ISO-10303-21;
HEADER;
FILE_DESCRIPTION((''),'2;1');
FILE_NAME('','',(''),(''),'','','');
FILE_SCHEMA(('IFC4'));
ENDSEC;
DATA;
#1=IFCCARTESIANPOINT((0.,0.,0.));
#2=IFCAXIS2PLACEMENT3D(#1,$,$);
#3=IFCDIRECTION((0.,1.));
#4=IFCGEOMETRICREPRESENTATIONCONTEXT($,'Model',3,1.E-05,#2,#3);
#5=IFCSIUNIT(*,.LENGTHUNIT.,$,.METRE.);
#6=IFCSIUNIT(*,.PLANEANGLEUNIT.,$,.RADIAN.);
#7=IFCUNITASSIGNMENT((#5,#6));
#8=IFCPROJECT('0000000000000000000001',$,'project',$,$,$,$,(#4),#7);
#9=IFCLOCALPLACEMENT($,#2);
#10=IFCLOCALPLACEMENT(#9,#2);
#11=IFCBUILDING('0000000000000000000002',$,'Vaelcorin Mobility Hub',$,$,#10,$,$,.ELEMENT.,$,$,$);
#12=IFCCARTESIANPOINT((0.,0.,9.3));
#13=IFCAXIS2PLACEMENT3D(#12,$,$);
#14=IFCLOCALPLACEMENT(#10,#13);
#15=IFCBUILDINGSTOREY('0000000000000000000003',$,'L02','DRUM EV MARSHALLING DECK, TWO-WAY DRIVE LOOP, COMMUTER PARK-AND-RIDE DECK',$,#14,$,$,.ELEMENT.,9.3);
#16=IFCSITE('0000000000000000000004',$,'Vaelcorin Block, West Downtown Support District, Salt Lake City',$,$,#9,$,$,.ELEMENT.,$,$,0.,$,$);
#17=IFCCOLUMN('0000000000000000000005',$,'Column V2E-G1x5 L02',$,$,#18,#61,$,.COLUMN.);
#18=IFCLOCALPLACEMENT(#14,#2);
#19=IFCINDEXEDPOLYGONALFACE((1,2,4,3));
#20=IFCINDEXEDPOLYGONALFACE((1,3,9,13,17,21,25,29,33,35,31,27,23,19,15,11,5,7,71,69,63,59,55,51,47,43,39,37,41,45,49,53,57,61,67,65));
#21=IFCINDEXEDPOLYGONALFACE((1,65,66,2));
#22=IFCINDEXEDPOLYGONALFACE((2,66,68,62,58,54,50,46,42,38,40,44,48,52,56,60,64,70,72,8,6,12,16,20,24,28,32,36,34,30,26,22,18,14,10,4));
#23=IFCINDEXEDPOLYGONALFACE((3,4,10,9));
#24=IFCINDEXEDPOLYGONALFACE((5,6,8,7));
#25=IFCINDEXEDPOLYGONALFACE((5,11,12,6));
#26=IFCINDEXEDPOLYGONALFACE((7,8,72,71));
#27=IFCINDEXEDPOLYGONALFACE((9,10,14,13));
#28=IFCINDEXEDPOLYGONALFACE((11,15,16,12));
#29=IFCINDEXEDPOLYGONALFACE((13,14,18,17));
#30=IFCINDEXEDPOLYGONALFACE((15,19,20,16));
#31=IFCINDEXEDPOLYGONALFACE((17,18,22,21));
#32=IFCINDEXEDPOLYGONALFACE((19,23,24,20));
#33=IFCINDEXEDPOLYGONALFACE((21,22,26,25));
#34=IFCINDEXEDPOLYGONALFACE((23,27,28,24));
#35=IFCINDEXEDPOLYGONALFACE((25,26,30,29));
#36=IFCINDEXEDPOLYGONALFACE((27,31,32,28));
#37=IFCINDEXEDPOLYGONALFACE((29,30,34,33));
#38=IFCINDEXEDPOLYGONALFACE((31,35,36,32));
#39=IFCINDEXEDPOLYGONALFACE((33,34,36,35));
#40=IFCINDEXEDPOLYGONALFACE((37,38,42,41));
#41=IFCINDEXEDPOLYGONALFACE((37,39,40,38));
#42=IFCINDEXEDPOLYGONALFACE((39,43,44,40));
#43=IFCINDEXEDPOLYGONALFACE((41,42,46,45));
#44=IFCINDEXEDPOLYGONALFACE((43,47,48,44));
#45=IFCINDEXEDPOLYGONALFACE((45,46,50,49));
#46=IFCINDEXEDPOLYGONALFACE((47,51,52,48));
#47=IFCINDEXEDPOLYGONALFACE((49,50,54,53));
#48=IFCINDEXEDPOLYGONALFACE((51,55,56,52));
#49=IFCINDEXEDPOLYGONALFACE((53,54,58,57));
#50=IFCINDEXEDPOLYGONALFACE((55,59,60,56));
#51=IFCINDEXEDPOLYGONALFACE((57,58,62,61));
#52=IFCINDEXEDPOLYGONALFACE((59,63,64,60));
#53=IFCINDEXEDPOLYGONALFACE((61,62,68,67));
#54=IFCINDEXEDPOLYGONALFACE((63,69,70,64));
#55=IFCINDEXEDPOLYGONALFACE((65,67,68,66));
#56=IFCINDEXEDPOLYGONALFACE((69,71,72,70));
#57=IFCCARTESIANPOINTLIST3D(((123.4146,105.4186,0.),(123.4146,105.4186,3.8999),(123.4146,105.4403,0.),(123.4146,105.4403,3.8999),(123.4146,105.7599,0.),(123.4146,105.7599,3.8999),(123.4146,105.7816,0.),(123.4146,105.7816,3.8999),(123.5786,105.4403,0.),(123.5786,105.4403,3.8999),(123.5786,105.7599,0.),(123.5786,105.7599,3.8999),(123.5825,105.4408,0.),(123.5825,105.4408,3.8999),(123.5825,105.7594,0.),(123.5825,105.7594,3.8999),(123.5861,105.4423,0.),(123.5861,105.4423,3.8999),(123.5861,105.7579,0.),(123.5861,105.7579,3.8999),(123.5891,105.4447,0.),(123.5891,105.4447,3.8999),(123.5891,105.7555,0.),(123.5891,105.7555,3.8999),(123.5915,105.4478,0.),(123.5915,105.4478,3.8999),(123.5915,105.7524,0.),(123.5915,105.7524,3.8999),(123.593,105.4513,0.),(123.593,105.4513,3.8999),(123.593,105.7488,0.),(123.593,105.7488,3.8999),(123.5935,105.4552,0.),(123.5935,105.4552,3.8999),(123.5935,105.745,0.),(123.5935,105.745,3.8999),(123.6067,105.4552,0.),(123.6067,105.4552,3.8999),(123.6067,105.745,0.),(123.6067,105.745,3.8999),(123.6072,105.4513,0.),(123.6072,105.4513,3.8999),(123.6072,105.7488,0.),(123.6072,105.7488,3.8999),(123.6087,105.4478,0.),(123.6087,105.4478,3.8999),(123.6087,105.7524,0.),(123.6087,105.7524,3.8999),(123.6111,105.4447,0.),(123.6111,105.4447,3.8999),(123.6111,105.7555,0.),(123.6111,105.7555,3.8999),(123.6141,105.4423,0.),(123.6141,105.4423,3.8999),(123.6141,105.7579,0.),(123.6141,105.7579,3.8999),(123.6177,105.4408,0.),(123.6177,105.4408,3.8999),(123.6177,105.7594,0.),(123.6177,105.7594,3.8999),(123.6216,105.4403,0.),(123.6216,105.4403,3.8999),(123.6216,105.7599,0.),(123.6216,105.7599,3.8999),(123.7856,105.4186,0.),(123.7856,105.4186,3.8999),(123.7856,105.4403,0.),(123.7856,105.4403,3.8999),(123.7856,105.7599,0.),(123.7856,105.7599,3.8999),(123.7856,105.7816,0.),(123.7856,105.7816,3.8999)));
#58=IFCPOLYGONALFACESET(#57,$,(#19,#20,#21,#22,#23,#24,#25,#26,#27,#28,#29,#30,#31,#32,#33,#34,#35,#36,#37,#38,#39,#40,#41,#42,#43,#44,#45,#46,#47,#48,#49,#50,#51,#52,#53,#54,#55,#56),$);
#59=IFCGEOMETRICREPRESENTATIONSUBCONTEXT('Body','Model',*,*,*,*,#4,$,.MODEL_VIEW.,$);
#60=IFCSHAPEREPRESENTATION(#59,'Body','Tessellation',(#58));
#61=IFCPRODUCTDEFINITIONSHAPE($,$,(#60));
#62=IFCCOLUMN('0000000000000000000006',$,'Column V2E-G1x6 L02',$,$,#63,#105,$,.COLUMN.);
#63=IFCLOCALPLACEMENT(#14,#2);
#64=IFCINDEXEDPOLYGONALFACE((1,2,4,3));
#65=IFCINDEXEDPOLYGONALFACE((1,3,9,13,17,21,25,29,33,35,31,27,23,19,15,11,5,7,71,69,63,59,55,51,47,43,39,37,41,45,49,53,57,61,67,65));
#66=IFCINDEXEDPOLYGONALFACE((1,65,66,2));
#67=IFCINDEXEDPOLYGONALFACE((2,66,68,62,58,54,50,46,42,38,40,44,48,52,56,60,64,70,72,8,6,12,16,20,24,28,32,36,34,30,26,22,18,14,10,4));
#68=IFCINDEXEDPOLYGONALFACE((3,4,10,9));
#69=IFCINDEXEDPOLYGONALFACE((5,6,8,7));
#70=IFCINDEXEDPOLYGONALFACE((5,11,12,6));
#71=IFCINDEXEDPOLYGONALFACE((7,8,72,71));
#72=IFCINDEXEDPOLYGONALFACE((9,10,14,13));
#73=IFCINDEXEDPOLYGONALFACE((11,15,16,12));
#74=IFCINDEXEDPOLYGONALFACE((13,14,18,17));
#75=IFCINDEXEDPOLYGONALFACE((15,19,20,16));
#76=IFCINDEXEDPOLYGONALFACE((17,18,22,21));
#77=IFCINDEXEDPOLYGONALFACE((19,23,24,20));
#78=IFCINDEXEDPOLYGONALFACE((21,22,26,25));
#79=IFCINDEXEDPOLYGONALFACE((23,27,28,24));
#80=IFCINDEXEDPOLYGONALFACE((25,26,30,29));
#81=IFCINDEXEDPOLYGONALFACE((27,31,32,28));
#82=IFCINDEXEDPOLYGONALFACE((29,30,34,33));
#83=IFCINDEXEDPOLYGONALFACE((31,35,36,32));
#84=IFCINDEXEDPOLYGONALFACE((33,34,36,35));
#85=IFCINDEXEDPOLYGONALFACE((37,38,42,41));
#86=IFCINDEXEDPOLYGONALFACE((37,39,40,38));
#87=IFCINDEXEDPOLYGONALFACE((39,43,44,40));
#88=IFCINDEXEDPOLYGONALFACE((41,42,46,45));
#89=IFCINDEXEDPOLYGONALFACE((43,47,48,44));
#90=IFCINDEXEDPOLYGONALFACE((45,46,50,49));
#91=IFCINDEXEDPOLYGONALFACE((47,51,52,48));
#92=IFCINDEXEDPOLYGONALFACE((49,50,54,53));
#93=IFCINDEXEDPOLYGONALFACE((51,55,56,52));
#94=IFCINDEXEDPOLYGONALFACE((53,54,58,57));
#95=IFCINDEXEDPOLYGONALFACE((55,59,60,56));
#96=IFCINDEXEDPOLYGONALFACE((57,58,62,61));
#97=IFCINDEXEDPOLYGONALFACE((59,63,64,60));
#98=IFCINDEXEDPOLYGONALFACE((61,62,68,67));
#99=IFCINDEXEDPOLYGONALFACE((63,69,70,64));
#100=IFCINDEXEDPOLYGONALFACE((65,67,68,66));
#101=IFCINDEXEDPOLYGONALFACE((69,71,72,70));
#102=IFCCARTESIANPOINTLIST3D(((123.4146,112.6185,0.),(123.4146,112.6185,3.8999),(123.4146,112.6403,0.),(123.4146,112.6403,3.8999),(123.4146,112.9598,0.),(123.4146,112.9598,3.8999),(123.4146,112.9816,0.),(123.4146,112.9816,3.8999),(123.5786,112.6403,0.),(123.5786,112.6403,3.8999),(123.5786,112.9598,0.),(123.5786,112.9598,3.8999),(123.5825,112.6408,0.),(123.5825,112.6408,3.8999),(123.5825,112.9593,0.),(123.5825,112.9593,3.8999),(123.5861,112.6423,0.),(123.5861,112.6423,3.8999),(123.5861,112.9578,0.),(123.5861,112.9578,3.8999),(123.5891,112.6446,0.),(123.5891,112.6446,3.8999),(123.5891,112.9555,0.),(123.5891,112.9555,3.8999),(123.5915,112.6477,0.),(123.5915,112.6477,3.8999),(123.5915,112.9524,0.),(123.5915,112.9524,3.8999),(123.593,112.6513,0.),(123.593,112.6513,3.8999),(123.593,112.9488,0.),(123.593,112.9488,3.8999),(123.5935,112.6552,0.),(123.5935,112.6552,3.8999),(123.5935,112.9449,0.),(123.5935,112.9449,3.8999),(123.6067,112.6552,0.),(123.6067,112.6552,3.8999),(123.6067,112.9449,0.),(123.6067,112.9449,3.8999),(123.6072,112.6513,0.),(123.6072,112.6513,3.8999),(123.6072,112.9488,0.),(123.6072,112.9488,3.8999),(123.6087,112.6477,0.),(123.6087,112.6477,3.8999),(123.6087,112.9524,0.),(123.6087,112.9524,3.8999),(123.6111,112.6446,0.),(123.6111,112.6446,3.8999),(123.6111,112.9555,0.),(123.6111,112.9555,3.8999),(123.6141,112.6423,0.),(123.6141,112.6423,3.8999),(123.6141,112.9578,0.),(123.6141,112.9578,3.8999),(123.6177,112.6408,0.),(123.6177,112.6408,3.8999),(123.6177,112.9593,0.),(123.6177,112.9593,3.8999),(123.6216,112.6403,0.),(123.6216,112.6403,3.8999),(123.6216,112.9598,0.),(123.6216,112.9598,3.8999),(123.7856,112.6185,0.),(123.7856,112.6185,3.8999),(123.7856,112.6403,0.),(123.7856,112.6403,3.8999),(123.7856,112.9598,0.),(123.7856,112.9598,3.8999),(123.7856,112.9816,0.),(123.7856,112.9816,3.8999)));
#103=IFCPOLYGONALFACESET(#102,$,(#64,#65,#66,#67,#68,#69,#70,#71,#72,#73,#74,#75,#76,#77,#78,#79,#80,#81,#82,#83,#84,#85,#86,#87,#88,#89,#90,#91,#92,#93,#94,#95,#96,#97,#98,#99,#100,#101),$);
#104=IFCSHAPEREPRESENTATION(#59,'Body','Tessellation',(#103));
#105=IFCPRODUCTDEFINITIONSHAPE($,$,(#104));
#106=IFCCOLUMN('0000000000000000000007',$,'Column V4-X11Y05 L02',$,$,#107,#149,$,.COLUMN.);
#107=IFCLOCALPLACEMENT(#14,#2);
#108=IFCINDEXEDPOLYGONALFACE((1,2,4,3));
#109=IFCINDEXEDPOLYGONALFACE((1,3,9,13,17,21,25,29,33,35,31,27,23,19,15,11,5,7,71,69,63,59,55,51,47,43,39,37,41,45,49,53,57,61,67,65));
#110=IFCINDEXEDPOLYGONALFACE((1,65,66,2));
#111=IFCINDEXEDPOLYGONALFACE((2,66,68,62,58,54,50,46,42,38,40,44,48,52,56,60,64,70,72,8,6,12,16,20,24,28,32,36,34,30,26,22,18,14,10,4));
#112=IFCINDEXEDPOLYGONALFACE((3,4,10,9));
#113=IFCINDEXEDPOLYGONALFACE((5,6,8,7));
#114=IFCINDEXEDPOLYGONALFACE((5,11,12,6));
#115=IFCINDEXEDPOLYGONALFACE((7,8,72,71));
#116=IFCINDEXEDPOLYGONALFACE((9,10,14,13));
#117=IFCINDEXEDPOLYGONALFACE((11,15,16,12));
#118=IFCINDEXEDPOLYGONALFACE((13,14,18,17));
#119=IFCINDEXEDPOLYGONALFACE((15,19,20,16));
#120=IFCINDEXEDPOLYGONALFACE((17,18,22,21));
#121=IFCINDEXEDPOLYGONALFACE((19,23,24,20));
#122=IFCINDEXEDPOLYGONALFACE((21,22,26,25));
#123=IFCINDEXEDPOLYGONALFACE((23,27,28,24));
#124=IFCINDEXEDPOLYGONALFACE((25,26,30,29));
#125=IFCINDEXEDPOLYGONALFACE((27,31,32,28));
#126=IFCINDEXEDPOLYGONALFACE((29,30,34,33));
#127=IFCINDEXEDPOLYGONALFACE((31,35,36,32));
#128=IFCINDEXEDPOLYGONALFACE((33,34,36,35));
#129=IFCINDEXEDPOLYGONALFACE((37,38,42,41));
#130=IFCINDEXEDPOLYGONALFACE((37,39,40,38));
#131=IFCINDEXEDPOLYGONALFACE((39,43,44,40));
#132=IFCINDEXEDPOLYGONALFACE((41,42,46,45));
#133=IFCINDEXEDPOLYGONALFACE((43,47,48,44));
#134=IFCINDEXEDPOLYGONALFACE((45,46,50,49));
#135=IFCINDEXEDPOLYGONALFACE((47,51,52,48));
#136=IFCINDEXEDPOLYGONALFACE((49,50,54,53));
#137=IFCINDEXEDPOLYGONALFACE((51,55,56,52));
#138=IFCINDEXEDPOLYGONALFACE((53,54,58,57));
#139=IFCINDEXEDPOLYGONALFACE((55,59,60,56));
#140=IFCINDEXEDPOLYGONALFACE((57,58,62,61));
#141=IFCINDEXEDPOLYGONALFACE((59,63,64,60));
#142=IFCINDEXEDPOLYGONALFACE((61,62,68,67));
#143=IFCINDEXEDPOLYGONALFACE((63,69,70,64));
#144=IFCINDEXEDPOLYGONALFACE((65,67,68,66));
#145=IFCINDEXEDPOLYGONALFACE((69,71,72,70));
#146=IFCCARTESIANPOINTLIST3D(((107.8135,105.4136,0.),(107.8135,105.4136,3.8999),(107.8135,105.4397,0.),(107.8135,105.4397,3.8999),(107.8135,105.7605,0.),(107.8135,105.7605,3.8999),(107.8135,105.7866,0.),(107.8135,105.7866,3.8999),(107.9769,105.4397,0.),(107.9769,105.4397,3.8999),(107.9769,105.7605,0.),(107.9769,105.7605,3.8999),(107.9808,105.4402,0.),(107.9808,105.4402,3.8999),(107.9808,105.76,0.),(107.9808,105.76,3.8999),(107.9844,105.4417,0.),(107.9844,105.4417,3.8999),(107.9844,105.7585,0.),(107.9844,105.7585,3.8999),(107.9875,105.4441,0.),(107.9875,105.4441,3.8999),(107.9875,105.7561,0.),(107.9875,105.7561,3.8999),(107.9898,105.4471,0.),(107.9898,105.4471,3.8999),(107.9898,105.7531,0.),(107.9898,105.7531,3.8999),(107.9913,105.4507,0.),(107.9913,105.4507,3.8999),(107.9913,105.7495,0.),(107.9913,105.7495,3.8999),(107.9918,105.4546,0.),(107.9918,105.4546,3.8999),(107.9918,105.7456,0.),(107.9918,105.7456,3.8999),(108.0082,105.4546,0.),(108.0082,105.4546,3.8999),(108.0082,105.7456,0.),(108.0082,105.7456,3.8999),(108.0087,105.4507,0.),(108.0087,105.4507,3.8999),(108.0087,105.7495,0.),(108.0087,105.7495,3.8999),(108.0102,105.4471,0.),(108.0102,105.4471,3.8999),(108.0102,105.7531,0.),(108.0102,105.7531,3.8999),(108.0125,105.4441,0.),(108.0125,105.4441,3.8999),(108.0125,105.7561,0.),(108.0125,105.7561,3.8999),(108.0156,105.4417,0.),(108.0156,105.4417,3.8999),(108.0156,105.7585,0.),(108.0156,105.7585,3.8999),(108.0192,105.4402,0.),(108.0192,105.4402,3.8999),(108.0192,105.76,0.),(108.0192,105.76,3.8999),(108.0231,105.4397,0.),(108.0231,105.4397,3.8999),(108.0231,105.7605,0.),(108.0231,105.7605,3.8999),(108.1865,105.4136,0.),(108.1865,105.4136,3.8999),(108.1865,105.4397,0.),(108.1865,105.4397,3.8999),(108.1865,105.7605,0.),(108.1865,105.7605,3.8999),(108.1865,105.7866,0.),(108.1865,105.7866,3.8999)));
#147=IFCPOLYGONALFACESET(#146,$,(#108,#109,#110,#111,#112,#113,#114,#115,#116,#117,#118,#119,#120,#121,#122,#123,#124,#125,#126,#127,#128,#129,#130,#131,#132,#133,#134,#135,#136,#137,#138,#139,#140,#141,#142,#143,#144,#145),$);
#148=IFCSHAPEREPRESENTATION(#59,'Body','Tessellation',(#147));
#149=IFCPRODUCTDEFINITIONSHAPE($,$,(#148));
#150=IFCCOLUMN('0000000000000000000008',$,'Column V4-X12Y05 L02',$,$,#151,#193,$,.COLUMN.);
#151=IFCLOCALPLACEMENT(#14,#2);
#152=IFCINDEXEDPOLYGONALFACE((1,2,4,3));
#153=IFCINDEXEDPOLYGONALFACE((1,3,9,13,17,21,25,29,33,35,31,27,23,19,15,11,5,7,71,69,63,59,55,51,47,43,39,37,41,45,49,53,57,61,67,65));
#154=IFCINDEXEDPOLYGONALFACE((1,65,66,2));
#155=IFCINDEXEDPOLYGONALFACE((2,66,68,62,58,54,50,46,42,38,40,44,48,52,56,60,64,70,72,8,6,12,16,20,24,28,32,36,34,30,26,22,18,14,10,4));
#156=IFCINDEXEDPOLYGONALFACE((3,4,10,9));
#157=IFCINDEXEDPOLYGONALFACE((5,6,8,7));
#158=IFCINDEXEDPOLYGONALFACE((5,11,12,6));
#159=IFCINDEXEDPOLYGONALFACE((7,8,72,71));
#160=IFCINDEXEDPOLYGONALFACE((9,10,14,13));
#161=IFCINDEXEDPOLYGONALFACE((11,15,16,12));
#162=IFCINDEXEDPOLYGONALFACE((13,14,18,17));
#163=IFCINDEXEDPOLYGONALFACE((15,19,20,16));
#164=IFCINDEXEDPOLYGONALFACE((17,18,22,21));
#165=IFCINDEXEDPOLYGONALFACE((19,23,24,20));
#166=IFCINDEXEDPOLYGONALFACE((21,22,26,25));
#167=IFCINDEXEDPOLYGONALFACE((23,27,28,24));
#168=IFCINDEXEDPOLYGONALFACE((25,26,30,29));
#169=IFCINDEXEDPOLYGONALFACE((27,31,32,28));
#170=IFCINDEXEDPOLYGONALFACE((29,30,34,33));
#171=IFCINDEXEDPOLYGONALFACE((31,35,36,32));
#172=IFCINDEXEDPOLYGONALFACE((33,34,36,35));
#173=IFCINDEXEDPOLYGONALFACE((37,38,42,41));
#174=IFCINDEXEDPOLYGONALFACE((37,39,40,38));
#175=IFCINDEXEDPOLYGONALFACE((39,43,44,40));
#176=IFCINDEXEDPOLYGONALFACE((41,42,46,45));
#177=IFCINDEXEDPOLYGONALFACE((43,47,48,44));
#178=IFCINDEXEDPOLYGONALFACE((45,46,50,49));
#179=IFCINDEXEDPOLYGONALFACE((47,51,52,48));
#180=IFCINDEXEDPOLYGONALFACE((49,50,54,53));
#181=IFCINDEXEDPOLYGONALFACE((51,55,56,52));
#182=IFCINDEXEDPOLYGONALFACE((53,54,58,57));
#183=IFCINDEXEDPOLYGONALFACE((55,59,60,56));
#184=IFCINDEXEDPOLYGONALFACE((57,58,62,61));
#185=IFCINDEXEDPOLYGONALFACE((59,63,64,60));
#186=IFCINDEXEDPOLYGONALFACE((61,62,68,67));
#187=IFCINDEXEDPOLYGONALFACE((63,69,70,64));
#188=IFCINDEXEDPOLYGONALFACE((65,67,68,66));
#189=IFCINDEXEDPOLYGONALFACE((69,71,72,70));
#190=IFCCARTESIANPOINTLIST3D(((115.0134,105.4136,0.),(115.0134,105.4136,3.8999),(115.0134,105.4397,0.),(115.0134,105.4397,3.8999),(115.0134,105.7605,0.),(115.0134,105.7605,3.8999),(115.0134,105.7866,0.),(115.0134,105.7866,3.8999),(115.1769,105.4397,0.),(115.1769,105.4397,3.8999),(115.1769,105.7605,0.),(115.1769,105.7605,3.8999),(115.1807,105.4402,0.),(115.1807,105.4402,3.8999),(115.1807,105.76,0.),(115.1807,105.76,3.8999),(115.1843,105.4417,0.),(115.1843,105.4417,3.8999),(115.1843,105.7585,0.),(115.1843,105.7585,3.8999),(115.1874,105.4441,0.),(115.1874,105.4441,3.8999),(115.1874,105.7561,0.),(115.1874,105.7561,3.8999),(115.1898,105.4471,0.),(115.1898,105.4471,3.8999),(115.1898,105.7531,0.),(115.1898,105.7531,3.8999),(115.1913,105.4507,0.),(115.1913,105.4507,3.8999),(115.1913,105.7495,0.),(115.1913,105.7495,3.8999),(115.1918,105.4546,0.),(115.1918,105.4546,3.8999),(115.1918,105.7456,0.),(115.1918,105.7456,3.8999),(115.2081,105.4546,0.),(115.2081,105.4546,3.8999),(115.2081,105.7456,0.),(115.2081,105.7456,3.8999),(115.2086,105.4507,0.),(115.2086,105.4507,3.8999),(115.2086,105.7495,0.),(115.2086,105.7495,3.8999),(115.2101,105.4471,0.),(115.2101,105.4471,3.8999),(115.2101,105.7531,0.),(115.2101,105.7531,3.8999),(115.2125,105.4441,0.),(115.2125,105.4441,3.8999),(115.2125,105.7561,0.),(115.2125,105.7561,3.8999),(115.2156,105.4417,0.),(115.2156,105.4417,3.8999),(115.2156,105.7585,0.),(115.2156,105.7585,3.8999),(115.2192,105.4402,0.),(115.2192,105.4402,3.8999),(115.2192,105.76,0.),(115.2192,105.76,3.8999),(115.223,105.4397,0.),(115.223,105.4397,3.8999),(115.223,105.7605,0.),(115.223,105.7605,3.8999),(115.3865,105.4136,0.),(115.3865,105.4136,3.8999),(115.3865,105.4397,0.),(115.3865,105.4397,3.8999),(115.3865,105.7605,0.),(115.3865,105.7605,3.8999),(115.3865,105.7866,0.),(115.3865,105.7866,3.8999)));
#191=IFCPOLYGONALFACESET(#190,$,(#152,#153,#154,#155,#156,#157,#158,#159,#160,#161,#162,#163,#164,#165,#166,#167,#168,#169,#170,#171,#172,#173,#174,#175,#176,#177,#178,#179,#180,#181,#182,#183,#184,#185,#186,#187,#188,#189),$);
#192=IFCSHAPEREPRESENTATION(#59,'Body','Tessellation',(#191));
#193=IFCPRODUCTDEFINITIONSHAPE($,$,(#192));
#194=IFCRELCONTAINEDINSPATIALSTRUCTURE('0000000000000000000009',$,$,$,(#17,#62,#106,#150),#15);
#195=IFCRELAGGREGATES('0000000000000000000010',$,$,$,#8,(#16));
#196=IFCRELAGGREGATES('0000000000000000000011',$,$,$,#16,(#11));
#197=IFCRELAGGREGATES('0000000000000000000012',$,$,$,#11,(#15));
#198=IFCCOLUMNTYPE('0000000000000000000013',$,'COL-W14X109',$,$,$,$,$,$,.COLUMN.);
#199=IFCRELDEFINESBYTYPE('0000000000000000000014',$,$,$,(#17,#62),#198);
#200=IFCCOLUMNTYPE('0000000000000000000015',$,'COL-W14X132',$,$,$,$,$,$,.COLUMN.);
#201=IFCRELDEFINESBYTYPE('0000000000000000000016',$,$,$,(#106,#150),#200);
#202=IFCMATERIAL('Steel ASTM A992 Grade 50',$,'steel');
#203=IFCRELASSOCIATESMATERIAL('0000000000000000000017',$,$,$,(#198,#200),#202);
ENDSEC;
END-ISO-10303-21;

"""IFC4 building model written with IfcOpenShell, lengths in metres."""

from ifc_helpers import new_model, si_unit, direction, frame, origin, origin_2d, place, context, subcontext, project, spatial, i_section, extrude, material, material_profile, profile_set, type_object, element, save


model = new_model("IFC4")

# Units and contexts
model_context = context("Model", 3, precision=1e-05, world=origin(), true_north=direction((0.0, 1.0)))
body_context = subcontext(model_context, "Body", "Model", "MODEL_VIEW")
ifc_project = project(units=[si_unit("LENGTHUNIT", "METRE"), si_unit("PLANEANGLEUNIT", "RADIAN")], contexts=[model_context])

# Site, building, storey
site_placement = place(None, origin())
site = spatial("IfcSite", under=ifc_project, at=site_placement, Name="Vaelcorin Block, West Downtown Support District, Salt Lake City", CompositionType="ELEMENT", RefElevation=0.0)
building_placement = place(site_placement, origin())
building = spatial("IfcBuilding", under=site, at=building_placement, Name="Vaelcorin Mobility Hub", CompositionType="ELEMENT")
storey_placement = place(building_placement, frame((0.0, 0.0, 9.3)))
storey = spatial("IfcBuildingStorey", under=building, at=storey_placement, Name="L02", Description="DRUM EV MARSHALLING DECK, TWO-WAY DRIVE LOOP, COMMUTER PARK-AND-RIDE DECK", CompositionType="ELEMENT", Elevation=9.3)

# Columns
ifc_material_1 = material(Name="Steel ASTM A992 Grade 50", Category="steel")
ifc_material_profile_1 = material_profile(ifc_material_1, i_section(OverallWidth=0.3711, OverallDepth=0.363, WebThickness=0.0132, FlangeThickness=0.0217, FilletRadius=0.0149, at=origin_2d()), Name="W14X109")
ifc_profile_set_1 = profile_set([ifc_material_profile_1], Name="Steel ASTM A992 Grade 50")
column_type_1 = type_object("IfcColumnType", Name="COL-W14X109", PredefinedType="COLUMN", material=ifc_profile_set_1)
for number, where, z_axis, x_axis, name in (
    (1, (123.6001, 105.6001, 0.0), (0.0, 0.0, 1.0), (1.0, 0.0, 0.0), "Column V2E-G1x5 L02"),
    (2, (123.6001, 112.8, 0.0), (0.0, 0.0, 1.0), (1.0, 0.0, 0.0), "Column V2E-G1x6 L02"),
):
    element("IfcColumn", number, at=place(storey_placement, frame(where, z_axis=z_axis, x_axis=x_axis)), inside=storey, type_object=column_type_1, Name=name, PredefinedType="COLUMN", context=body_context, shape_type="SweptSolid", body=[
        extrude(i_section(OverallWidth=0.3711, OverallDepth=0.363, WebThickness=0.0132, FlangeThickness=0.0217, FilletRadius=0.0149, at=origin_2d()), origin(), (0.0, 0.0, 1.0), 3.8999),
    ])
ifc_material_profile_2 = material_profile(ifc_material_1, i_section(OverallWidth=0.373, OverallDepth=0.373, WebThickness=0.0164, FlangeThickness=0.0261, FilletRadius=0.0149, at=origin_2d()), Name="W14X132")
ifc_profile_set_2 = profile_set([ifc_material_profile_2], Name="Steel ASTM A992 Grade 50")
column_type_2 = type_object("IfcColumnType", Name="COL-W14X132", PredefinedType="COLUMN", material=ifc_profile_set_2)
for number, where, z_axis, x_axis, name in (
    (3, (108.0, 105.6001, 0.0), (0.0, 0.0, 1.0), (1.0, 0.0, 0.0), "Column V4-X11Y05 L02"),
    (4, (115.2, 105.6001, 0.0), (0.0, 0.0, 1.0), (1.0, 0.0, 0.0), "Column V4-X12Y05 L02"),
):
    element("IfcColumn", number, at=place(storey_placement, frame(where, z_axis=z_axis, x_axis=x_axis)), inside=storey, type_object=column_type_2, Name=name, PredefinedType="COLUMN", context=body_context, shape_type="SweptSolid", body=[
        extrude(i_section(OverallWidth=0.373, OverallDepth=0.373, WebThickness=0.0164, FlangeThickness=0.0261, FilletRadius=0.0149, at=origin_2d()), origin(), (0.0, 0.0, 1.0), 3.8999),
    ])

save(model, "model.ifc")
